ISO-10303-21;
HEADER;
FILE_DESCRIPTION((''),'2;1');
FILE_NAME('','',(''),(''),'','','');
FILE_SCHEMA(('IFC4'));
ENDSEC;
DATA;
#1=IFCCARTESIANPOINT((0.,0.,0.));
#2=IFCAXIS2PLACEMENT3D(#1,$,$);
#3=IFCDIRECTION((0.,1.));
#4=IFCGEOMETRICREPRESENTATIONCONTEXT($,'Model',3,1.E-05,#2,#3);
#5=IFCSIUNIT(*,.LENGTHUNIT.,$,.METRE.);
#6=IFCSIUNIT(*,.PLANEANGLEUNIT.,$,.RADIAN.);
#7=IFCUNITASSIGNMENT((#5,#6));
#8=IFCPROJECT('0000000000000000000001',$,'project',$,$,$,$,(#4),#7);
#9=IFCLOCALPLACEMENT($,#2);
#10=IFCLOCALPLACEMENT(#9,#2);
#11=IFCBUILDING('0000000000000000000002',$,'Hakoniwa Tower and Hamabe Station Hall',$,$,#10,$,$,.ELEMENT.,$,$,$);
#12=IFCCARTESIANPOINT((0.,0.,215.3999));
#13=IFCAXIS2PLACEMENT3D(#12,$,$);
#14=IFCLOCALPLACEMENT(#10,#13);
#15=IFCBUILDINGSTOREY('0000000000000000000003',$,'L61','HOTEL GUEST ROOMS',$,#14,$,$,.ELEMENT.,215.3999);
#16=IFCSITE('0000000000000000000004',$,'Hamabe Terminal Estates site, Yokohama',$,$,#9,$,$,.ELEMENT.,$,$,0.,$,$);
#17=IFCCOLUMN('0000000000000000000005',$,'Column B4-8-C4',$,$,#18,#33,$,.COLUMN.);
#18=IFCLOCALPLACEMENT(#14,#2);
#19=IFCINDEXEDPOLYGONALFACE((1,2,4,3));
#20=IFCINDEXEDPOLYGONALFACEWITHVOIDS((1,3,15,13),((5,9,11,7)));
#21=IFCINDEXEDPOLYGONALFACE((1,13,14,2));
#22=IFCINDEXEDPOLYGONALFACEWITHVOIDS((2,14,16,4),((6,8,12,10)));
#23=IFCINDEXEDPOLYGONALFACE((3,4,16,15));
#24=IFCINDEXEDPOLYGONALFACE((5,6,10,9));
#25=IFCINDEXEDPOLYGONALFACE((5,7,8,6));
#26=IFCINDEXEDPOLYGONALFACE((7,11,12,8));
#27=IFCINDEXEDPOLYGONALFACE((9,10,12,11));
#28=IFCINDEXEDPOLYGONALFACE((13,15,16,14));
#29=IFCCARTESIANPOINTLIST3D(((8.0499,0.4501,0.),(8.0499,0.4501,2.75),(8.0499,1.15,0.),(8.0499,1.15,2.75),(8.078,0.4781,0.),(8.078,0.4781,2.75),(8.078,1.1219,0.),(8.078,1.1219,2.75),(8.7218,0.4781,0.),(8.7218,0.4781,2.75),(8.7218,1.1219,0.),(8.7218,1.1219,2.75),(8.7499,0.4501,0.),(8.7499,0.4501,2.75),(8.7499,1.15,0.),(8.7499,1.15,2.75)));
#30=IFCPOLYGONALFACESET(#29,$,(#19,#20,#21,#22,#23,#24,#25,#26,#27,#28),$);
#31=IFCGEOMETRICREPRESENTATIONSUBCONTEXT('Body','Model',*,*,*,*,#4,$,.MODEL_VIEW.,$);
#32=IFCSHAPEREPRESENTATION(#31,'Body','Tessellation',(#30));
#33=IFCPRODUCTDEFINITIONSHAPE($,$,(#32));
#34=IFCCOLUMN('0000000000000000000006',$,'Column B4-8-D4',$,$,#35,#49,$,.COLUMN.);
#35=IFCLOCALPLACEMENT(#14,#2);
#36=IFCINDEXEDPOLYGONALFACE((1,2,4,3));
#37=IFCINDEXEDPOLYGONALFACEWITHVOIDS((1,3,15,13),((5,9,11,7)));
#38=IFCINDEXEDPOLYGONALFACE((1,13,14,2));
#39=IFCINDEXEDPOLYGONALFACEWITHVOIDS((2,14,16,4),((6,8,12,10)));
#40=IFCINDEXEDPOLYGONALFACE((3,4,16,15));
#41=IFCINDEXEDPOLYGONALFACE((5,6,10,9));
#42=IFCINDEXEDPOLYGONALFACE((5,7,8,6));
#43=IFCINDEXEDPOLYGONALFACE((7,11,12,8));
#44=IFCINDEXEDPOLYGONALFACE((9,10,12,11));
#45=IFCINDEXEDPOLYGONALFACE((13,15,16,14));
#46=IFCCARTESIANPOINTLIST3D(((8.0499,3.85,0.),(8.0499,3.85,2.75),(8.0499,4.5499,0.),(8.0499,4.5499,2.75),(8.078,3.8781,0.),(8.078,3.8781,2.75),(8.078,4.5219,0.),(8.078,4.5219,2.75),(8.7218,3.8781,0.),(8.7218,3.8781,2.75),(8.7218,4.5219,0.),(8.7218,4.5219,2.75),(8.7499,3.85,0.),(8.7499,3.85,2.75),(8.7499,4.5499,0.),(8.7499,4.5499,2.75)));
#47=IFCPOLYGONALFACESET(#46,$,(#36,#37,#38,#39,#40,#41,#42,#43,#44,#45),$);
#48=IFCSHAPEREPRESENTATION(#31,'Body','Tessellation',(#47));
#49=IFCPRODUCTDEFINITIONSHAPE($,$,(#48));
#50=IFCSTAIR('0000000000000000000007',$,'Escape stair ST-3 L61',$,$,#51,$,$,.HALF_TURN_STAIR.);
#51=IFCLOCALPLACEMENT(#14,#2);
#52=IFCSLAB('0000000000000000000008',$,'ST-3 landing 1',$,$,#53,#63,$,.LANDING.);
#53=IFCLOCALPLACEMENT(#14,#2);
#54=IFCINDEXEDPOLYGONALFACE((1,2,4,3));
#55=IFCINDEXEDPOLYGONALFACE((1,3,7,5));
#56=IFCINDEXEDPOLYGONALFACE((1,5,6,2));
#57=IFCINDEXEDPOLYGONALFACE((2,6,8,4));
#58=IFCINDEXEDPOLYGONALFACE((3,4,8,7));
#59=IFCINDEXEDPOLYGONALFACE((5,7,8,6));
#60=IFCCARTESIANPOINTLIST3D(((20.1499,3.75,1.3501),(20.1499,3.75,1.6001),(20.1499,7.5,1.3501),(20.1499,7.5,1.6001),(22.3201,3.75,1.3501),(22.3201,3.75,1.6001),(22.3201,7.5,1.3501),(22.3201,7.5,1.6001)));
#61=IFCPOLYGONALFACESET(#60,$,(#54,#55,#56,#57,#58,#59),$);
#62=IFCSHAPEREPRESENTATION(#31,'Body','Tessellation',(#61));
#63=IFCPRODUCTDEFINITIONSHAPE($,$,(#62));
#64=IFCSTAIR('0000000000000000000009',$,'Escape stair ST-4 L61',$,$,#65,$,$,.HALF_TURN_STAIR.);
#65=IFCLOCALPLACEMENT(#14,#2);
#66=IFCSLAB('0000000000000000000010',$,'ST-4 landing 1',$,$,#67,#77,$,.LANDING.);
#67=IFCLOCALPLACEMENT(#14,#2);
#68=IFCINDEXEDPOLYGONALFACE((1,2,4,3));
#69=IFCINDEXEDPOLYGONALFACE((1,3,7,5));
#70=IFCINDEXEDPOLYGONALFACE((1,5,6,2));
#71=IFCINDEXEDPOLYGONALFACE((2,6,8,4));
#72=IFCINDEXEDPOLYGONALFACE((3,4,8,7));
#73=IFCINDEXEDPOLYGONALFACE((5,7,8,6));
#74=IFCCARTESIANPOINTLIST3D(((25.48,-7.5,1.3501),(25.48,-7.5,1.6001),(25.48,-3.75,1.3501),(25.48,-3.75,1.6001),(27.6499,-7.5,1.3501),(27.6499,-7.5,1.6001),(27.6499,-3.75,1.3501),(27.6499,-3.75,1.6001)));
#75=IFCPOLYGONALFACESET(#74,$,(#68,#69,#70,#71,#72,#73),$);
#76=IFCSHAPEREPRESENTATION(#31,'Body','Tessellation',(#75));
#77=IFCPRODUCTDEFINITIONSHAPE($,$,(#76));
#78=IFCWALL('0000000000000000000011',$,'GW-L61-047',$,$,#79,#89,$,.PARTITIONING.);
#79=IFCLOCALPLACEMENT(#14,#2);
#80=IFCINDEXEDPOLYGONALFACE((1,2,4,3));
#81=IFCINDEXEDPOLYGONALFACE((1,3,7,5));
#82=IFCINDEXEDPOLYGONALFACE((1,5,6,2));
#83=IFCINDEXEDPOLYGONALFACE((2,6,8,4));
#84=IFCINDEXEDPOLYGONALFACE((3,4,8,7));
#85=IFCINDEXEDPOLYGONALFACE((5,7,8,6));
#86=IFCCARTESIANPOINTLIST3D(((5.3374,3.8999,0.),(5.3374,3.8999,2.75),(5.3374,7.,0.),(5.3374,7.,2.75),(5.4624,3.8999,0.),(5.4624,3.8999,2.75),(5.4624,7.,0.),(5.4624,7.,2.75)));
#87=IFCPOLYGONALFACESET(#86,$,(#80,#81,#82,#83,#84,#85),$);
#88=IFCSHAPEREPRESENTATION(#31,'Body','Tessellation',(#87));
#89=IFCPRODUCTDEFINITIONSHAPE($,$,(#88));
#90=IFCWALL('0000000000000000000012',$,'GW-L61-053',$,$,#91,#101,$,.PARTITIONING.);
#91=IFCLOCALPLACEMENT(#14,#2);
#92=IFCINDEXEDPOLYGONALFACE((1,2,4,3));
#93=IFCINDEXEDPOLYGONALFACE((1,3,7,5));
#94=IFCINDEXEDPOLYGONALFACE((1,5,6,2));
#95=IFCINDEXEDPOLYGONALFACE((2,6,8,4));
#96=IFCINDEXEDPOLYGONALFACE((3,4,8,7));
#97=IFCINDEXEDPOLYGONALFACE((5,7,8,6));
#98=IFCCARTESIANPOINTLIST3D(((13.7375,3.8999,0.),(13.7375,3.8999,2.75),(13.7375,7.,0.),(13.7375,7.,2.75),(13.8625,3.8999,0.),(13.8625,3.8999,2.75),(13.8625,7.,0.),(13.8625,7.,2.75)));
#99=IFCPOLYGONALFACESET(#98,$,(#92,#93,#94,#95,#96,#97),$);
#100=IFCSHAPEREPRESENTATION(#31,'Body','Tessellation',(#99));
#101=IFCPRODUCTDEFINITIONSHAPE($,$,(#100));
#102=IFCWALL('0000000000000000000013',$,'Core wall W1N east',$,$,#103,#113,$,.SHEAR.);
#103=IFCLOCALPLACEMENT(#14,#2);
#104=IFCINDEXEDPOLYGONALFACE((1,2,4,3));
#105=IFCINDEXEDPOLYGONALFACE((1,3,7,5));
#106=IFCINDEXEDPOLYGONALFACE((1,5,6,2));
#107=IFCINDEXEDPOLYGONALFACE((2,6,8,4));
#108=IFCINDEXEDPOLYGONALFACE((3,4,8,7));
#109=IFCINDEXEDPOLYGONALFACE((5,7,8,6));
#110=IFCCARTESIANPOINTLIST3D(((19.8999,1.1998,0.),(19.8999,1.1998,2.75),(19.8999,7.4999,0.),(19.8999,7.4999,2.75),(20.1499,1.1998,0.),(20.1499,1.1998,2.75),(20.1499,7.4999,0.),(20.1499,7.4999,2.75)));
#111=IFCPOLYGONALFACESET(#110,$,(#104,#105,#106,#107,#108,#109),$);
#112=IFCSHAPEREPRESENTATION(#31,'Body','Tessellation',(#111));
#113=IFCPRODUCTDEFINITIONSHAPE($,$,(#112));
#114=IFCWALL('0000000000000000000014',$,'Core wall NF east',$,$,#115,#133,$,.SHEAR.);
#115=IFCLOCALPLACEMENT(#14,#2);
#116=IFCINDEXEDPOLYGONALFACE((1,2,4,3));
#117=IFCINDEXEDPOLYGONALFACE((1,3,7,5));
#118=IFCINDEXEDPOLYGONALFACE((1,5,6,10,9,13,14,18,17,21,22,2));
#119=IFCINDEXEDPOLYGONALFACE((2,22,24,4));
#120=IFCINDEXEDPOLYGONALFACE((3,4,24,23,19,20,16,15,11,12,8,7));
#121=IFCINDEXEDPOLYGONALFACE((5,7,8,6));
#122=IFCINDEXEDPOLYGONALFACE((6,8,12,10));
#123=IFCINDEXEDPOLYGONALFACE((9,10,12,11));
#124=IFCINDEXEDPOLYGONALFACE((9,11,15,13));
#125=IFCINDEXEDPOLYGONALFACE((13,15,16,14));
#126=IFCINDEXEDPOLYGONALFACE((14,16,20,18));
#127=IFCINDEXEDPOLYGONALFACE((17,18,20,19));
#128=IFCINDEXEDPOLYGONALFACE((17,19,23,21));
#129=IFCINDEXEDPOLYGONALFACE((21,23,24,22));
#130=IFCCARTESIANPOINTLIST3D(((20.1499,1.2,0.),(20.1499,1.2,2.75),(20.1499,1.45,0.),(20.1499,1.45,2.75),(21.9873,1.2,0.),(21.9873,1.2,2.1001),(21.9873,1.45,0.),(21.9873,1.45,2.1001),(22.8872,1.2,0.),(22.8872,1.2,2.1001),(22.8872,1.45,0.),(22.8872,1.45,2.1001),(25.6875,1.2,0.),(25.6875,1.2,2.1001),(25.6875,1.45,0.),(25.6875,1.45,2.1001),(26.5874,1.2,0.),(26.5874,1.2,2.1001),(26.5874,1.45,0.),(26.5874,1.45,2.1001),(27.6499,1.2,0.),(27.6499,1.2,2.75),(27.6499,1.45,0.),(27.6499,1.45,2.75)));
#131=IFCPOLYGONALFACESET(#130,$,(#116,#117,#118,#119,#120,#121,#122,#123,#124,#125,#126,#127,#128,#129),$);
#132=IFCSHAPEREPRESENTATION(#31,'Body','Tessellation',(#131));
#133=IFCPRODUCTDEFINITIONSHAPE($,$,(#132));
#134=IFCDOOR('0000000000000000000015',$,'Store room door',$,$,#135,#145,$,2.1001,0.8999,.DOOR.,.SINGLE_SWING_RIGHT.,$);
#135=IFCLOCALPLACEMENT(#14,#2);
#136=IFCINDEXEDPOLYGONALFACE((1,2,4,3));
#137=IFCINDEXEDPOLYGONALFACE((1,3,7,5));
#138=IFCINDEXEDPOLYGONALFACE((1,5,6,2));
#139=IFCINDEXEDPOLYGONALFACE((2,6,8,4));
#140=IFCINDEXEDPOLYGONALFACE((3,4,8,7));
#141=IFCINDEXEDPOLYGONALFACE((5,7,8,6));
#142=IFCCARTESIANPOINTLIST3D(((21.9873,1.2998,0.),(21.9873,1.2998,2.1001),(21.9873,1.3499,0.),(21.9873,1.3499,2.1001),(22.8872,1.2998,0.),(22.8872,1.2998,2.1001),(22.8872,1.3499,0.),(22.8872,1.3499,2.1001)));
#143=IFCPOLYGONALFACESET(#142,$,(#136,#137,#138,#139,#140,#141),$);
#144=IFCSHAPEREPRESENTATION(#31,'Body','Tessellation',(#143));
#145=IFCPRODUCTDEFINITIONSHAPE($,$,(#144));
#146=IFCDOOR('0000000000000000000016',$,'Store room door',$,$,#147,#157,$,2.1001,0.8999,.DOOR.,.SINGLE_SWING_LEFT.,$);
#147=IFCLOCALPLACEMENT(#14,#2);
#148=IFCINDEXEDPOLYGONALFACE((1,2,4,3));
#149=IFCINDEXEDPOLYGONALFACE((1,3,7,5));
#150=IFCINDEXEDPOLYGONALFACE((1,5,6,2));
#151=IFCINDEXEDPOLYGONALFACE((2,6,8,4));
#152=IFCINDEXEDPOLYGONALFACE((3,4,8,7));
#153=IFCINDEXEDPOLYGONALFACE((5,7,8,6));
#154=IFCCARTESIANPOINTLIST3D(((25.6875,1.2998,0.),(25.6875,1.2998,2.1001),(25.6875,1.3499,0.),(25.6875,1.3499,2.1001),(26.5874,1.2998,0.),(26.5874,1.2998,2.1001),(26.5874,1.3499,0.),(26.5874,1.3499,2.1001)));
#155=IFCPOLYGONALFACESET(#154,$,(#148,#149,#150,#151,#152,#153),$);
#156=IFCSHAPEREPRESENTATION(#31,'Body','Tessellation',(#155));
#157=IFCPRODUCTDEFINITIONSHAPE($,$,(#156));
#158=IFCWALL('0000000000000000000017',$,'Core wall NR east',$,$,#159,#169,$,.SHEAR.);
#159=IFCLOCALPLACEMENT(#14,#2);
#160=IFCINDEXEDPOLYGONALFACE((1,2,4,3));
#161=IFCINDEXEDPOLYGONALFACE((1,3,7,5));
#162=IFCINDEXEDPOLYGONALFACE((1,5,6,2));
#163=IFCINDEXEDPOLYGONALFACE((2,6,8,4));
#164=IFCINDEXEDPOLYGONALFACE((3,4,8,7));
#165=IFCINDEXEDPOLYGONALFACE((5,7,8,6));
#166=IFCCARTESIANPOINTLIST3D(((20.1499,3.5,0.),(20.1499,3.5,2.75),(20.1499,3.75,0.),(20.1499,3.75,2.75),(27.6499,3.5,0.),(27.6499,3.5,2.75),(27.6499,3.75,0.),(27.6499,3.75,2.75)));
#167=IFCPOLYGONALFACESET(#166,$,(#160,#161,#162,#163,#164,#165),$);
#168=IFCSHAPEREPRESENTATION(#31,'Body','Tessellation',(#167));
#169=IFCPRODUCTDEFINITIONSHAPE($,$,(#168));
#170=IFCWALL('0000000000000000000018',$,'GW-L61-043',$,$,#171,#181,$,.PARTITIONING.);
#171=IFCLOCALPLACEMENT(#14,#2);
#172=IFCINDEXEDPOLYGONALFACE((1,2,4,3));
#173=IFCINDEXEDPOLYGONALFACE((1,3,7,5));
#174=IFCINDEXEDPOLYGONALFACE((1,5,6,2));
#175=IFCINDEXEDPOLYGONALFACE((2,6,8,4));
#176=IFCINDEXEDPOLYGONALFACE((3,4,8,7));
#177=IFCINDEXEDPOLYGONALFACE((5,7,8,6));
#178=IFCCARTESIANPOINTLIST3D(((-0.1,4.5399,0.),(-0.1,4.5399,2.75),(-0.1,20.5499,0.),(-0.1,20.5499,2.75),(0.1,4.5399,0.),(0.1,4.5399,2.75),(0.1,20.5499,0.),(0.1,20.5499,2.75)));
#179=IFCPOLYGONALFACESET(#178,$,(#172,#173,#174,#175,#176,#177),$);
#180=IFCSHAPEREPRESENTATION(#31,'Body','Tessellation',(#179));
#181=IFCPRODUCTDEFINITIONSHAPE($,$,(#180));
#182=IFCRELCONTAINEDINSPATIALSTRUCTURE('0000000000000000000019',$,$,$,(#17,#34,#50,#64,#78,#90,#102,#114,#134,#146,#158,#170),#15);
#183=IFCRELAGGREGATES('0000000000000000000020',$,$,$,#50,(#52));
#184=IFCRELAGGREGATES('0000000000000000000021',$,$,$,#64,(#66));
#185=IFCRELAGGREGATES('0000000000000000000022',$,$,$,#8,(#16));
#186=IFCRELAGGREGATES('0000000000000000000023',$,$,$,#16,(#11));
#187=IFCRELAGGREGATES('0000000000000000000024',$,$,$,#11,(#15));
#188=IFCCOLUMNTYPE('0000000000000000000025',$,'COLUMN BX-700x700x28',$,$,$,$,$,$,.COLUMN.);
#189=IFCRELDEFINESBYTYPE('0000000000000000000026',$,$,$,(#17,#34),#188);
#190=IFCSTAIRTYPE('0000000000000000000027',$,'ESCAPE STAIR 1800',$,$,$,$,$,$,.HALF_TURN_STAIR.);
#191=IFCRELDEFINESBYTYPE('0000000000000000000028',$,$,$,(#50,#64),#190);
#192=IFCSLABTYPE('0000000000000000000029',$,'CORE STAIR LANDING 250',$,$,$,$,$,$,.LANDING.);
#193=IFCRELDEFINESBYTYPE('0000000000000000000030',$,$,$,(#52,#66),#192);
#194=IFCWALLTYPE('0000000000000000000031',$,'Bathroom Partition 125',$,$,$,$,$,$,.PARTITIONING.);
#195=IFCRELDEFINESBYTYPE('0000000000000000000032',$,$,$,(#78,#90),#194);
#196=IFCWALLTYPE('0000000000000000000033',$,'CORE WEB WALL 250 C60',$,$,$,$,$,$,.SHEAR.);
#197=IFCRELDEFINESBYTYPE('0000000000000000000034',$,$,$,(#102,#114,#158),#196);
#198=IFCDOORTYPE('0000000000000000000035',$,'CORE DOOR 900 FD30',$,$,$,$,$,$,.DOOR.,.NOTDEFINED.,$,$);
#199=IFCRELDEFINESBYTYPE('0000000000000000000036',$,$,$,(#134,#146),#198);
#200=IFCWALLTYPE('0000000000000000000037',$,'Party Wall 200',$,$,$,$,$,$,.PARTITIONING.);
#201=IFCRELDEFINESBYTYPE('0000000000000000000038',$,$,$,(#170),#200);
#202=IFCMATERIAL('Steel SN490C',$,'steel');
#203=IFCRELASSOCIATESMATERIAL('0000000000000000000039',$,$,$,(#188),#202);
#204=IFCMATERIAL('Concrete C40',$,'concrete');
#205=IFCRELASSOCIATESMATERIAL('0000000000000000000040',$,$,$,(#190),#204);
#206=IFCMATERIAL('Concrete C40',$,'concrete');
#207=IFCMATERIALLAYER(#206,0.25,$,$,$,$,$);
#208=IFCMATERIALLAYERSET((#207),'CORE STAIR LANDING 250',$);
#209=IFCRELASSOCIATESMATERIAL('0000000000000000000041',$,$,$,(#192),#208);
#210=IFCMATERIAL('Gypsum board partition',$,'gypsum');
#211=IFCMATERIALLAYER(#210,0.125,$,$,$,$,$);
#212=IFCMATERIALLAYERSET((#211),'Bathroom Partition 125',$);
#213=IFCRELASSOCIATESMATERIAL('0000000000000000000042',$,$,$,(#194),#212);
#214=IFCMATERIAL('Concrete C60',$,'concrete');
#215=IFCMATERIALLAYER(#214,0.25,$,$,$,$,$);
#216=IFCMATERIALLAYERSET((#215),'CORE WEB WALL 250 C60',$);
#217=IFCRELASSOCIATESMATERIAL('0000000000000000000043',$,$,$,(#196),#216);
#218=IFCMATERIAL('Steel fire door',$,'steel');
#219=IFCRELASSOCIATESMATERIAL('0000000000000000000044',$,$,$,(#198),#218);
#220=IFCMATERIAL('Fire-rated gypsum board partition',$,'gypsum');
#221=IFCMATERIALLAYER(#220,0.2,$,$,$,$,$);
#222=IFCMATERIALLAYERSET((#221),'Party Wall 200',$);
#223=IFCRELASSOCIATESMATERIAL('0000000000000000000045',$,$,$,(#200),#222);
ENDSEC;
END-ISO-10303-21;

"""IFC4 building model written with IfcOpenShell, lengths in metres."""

from ifc_helpers import new_model, si_unit, direction, frame, frame_2d, origin, origin_2d, place, context, subcontext, project, spatial, polyline, rectangle, hollow_rectangle, outline, extrude, material, layer, layer_set, material_profile, profile_set, type_object, element, fill, aggregate, save


model = new_model("IFC4")

# Units and contexts
model_context = context("Model", 3, precision=1e-05, world=origin(), true_north=direction((0.0, 1.0)))
body_context = subcontext(model_context, "Body", "Model", "MODEL_VIEW")
ifc_project = project(units=[si_unit("LENGTHUNIT", "METRE"), si_unit("PLANEANGLEUNIT", "RADIAN")], contexts=[model_context])

# Site, building, storey
site_placement = place(None, origin())
site = spatial("IfcSite", under=ifc_project, at=site_placement, Name="Hamabe Terminal Estates site, Yokohama", CompositionType="ELEMENT", RefElevation=0.0)
building_placement = place(site_placement, origin())
building = spatial("IfcBuilding", under=site, at=building_placement, Name="Hakoniwa Tower and Hamabe Station Hall", CompositionType="ELEMENT")
storey_placement = place(building_placement, frame((0.0, 0.0, 215.3999)))
storey = spatial("IfcBuildingStorey", under=building, at=storey_placement, Name="L61", Description="HOTEL GUEST ROOMS", CompositionType="ELEMENT", Elevation=215.3999)

# Columns
ifc_material_1 = material(Name="Steel SN490C", Category="steel")
ifc_material_profile = material_profile(ifc_material_1, hollow_rectangle(XDim=0.7, YDim=0.7, WallThickness=0.0281, at=origin_2d()), Name="BX-700x700x28")
ifc_profile_set = profile_set([ifc_material_profile], Name="Steel SN490C")
column_type = type_object("IfcColumnType", Name="COLUMN BX-700x700x28", PredefinedType="COLUMN", material=ifc_profile_set)
for number, where, z_axis, x_axis, name in (
    (1, (8.3999, 0.8, 0.0), (0.0, 0.0, 1.0), (1.0, 0.0, 0.0), "Column B4-8-C4"),
    (2, (8.3999, 4.2, 0.0), (0.0, 0.0, 1.0), (1.0, 0.0, 0.0), "Column B4-8-D4"),
):
    element("IfcColumn", number, at=place(storey_placement, frame(where, z_axis=z_axis, x_axis=x_axis)), inside=storey, type_object=column_type, Name=name, PredefinedType="COLUMN", context=body_context, shape_type="SweptSolid", body=[
        extrude(hollow_rectangle(XDim=0.7, YDim=0.7, WallThickness=0.0281, at=origin_2d()), origin(), (0.0, 0.0, 1.0), 2.75),
    ])

# Stairs, slabs
ifc_material_2 = material(Name="Concrete C40", Category="concrete")
stair_type = type_object("IfcStairType", Name="ESCAPE STAIR 1800", PredefinedType="HALF_TURN_STAIR", material=ifc_material_2)
stair_1_placement = place(storey_placement, origin())
stair_1 = element("IfcStair", 3, at=stair_1_placement, inside=storey, type_object=stair_type, Name="Escape stair ST-3 L61", PredefinedType="HALF_TURN_STAIR")
ifc_material_3 = material(Name="Concrete C40", Category="concrete")
ifc_layer_1 = layer(ifc_material_3, 0.25)
ifc_layer_set_1 = layer_set([ifc_layer_1], Name="CORE STAIR LANDING 250")
slab_type = type_object("IfcSlabType", Name="CORE STAIR LANDING 250", PredefinedType="LANDING", material=ifc_layer_set_1)
slab_1_placement = place(storey_placement, frame((0.0, 0.0, 1.3501)))
slab_1 = element("IfcSlab", 4, at=slab_1_placement, type_object=slab_type, Name="ST-3 landing 1", PredefinedType="LANDING", context=body_context, shape_type="SweptSolid", body=[
    extrude(outline(polyline([(22.3201, 3.75), (20.1499, 3.75), (20.1499, 7.5), (22.3201, 7.5), (22.3201, 3.75)])), origin(), (0.0, 0.0, 1.0), 0.25),
])
aggregate(stair_1, [slab_1])
stair_2_placement = place(storey_placement, origin())
stair_2 = element("IfcStair", 5, at=stair_2_placement, inside=storey, type_object=stair_type, Name="Escape stair ST-4 L61", PredefinedType="HALF_TURN_STAIR")
slab_2_placement = place(storey_placement, frame((0.0, 0.0, 1.3501)))
slab_2 = element("IfcSlab", 6, at=slab_2_placement, type_object=slab_type, Name="ST-4 landing 1", PredefinedType="LANDING", context=body_context, shape_type="SweptSolid", body=[
    extrude(outline(polyline([(25.48, -7.5), (27.6499, -7.5), (27.6499, -3.75), (25.48, -3.75), (25.48, -7.5)])), origin(), (0.0, 0.0, 1.0), 0.25),
])
aggregate(stair_2, [slab_2])

# Walls
ifc_material_4 = material(Name="Gypsum board partition", Category="gypsum")
ifc_layer_2 = layer(ifc_material_4, 0.125)
ifc_layer_set_2 = layer_set([ifc_layer_2], Name="Bathroom Partition 125")
wall_type_1 = type_object("IfcWallType", Name="Bathroom Partition 125", PredefinedType="PARTITIONING", material=ifc_layer_set_2)
for number, where, z_axis, x_axis, name in (
    (7, (5.3999, 3.8999, 0.0), (0.0, 0.0, 1.0), (0.0, 1.0, 0.0), "GW-L61-047"),
    (8, (13.8, 3.8999, 0.0), (0.0, 0.0, 1.0), (0.0, 1.0, 0.0), "GW-L61-053"),
):
    element("IfcWall", number, at=place(storey_placement, frame(where, z_axis=z_axis, x_axis=x_axis)), inside=storey, type_object=wall_type_1, Name=name, PredefinedType="PARTITIONING", context=body_context, shape_type="SweptSolid", body=[
        extrude(rectangle(XDim=3.1001, YDim=0.125, at=frame_2d((1.55, 0.0))), origin(), (0.0, 0.0, 1.0), 2.75),
    ])
ifc_material_5 = material(Name="Concrete C60", Category="concrete")
ifc_layer_3 = layer(ifc_material_5, 0.25)
ifc_layer_set_3 = layer_set([ifc_layer_3], Name="CORE WEB WALL 250 C60")
wall_type_2 = type_object("IfcWallType", Name="CORE WEB WALL 250 C60", PredefinedType="SHEAR", material=ifc_layer_set_3)
wall_1_placement = place(storey_placement, frame((20.0249, 1.2, 0.0), z_axis=(0.0, 0.0, 1.0), x_axis=(0.0, 1.0, 0.0)))
element("IfcWall", 9, at=wall_1_placement, inside=storey, type_object=wall_type_2, Name="Core wall W1N east", PredefinedType="SHEAR", context=body_context, shape_type="SweptSolid", body=[
    extrude(rectangle(XDim=6.3, YDim=0.25, at=frame_2d((3.1499, 0.0))), origin(), (0.0, 0.0, 1.0), 2.75),
])

# Wall, openings, doors
wall_2_placement = place(storey_placement, frame((20.1499, 1.325, 0.0), z_axis=(0.0, 0.0, 1.0), x_axis=(1.0, 0.0, 0.0)))
wall_2 = element("IfcWall", 10, at=wall_2_placement, inside=storey, type_object=wall_type_2, Name="Core wall NF east", PredefinedType="SHEAR", context=body_context, shape_type="SweptSolid", body=[
    extrude(rectangle(XDim=7.5, YDim=0.25, at=frame_2d((3.75, 0.0))), origin(), (0.0, 0.0, 1.0), 2.75),
])
opening_1_placement = place(wall_2_placement, frame((1.8374, 0.0, 0.0)))
opening_1 = element("IfcOpeningElement", 11, at=opening_1_placement, cuts=wall_2, PredefinedType="OPENING", context=body_context, shape_type="SweptSolid", body=[
    extrude(rectangle(XDim=0.8999, YDim=2.1001, at=frame_2d((0.45, 1.05))), frame((0.0, 0.135, 0.0), z_axis=(0.0, -1.0, 0.0), x_axis=(1.0, 0.0, 0.0)), (0.0, 0.0, 1.0), 0.27),
])
opening_2_placement = place(wall_2_placement, frame((5.5376, 0.0, 0.0)))
opening_2 = element("IfcOpeningElement", 12, at=opening_2_placement, cuts=wall_2, PredefinedType="OPENING", context=body_context, shape_type="SweptSolid", body=[
    extrude(rectangle(XDim=0.8999, YDim=2.1001, at=frame_2d((0.45, 1.05))), frame((0.0, 0.135, 0.0), z_axis=(0.0, -1.0, 0.0), x_axis=(1.0, 0.0, 0.0)), (0.0, 0.0, 1.0), 0.27),
])
ifc_material_6 = material(Name="Steel fire door", Category="steel")
door_type_1 = type_object("IfcDoorType", Name="CORE DOOR 900 FD30", OperationType="NOTDEFINED", PredefinedType="DOOR", material=ifc_material_6)
door_1_placement = place(opening_1_placement, origin())
door_1 = element("IfcDoor", 13, at=door_1_placement, inside=storey, type_object=door_type_1, Name="Store room door", OperationType="SINGLE_SWING_RIGHT", OverallHeight=2.1001, OverallWidth=0.8999, PredefinedType="DOOR", context=body_context, shape_type="SweptSolid", body=[
    extrude(rectangle(XDim=0.8999, YDim=2.1001, at=frame_2d((0.45, 1.05))), frame((0.0, 0.0249, 0.0), z_axis=(0.0, -1.0, 0.0), x_axis=(1.0, 0.0, 0.0)), (0.0, 0.0, 1.0), 0.05),
])
fill(opening_1, door_1)
door_2_placement = place(opening_2_placement, origin())
door_2 = element("IfcDoor", 14, at=door_2_placement, inside=storey, type_object=door_type_1, Name="Store room door", OperationType="SINGLE_SWING_LEFT", OverallHeight=2.1001, OverallWidth=0.8999, PredefinedType="DOOR", context=body_context, shape_type="SweptSolid", body=[
    extrude(rectangle(XDim=0.8999, YDim=2.1001, at=frame_2d((0.45, 1.05))), frame((0.0, 0.0249, 0.0), z_axis=(0.0, -1.0, 0.0), x_axis=(1.0, 0.0, 0.0)), (0.0, 0.0, 1.0), 0.05),
])
fill(opening_2, door_2)

# Walls
wall_3_placement = place(storey_placement, frame((20.1499, 3.625, 0.0), z_axis=(0.0, 0.0, 1.0), x_axis=(1.0, 0.0, 0.0)))
element("IfcWall", 15, at=wall_3_placement, inside=storey, type_object=wall_type_2, Name="Core wall NR east", PredefinedType="SHEAR", context=body_context, shape_type="SweptSolid", body=[
    extrude(rectangle(XDim=7.5, YDim=0.25, at=frame_2d((3.75, 0.0))), origin(), (0.0, 0.0, 1.0), 2.75),
])
ifc_material_7 = material(Name="Fire-rated gypsum board partition", Category="gypsum")
ifc_layer_4 = layer(ifc_material_7, 0.2)
ifc_layer_set_4 = layer_set([ifc_layer_4], Name="Party Wall 200")
wall_type_3 = type_object("IfcWallType", Name="Party Wall 200", PredefinedType="PARTITIONING", material=ifc_layer_set_4)
for number, where, z_axis, x_axis, name in (
    (16, (0.0, 4.54, 0.0), (0.0, 0.0, 1.0), (0.0, 1.0, 0.0), "GW-L61-043"),
):
    element("IfcWall", number, at=place(storey_placement, frame(where, z_axis=z_axis, x_axis=x_axis)), inside=storey, type_object=wall_type_3, Name=name, PredefinedType="PARTITIONING", context=body_context, shape_type="SweptSolid", body=[
        extrude(rectangle(XDim=16.01, YDim=0.2, at=frame_2d((8.0049, 0.0))), origin(), (0.0, 0.0, 1.0), 2.75),
    ])

save(model, "model.ifc")
